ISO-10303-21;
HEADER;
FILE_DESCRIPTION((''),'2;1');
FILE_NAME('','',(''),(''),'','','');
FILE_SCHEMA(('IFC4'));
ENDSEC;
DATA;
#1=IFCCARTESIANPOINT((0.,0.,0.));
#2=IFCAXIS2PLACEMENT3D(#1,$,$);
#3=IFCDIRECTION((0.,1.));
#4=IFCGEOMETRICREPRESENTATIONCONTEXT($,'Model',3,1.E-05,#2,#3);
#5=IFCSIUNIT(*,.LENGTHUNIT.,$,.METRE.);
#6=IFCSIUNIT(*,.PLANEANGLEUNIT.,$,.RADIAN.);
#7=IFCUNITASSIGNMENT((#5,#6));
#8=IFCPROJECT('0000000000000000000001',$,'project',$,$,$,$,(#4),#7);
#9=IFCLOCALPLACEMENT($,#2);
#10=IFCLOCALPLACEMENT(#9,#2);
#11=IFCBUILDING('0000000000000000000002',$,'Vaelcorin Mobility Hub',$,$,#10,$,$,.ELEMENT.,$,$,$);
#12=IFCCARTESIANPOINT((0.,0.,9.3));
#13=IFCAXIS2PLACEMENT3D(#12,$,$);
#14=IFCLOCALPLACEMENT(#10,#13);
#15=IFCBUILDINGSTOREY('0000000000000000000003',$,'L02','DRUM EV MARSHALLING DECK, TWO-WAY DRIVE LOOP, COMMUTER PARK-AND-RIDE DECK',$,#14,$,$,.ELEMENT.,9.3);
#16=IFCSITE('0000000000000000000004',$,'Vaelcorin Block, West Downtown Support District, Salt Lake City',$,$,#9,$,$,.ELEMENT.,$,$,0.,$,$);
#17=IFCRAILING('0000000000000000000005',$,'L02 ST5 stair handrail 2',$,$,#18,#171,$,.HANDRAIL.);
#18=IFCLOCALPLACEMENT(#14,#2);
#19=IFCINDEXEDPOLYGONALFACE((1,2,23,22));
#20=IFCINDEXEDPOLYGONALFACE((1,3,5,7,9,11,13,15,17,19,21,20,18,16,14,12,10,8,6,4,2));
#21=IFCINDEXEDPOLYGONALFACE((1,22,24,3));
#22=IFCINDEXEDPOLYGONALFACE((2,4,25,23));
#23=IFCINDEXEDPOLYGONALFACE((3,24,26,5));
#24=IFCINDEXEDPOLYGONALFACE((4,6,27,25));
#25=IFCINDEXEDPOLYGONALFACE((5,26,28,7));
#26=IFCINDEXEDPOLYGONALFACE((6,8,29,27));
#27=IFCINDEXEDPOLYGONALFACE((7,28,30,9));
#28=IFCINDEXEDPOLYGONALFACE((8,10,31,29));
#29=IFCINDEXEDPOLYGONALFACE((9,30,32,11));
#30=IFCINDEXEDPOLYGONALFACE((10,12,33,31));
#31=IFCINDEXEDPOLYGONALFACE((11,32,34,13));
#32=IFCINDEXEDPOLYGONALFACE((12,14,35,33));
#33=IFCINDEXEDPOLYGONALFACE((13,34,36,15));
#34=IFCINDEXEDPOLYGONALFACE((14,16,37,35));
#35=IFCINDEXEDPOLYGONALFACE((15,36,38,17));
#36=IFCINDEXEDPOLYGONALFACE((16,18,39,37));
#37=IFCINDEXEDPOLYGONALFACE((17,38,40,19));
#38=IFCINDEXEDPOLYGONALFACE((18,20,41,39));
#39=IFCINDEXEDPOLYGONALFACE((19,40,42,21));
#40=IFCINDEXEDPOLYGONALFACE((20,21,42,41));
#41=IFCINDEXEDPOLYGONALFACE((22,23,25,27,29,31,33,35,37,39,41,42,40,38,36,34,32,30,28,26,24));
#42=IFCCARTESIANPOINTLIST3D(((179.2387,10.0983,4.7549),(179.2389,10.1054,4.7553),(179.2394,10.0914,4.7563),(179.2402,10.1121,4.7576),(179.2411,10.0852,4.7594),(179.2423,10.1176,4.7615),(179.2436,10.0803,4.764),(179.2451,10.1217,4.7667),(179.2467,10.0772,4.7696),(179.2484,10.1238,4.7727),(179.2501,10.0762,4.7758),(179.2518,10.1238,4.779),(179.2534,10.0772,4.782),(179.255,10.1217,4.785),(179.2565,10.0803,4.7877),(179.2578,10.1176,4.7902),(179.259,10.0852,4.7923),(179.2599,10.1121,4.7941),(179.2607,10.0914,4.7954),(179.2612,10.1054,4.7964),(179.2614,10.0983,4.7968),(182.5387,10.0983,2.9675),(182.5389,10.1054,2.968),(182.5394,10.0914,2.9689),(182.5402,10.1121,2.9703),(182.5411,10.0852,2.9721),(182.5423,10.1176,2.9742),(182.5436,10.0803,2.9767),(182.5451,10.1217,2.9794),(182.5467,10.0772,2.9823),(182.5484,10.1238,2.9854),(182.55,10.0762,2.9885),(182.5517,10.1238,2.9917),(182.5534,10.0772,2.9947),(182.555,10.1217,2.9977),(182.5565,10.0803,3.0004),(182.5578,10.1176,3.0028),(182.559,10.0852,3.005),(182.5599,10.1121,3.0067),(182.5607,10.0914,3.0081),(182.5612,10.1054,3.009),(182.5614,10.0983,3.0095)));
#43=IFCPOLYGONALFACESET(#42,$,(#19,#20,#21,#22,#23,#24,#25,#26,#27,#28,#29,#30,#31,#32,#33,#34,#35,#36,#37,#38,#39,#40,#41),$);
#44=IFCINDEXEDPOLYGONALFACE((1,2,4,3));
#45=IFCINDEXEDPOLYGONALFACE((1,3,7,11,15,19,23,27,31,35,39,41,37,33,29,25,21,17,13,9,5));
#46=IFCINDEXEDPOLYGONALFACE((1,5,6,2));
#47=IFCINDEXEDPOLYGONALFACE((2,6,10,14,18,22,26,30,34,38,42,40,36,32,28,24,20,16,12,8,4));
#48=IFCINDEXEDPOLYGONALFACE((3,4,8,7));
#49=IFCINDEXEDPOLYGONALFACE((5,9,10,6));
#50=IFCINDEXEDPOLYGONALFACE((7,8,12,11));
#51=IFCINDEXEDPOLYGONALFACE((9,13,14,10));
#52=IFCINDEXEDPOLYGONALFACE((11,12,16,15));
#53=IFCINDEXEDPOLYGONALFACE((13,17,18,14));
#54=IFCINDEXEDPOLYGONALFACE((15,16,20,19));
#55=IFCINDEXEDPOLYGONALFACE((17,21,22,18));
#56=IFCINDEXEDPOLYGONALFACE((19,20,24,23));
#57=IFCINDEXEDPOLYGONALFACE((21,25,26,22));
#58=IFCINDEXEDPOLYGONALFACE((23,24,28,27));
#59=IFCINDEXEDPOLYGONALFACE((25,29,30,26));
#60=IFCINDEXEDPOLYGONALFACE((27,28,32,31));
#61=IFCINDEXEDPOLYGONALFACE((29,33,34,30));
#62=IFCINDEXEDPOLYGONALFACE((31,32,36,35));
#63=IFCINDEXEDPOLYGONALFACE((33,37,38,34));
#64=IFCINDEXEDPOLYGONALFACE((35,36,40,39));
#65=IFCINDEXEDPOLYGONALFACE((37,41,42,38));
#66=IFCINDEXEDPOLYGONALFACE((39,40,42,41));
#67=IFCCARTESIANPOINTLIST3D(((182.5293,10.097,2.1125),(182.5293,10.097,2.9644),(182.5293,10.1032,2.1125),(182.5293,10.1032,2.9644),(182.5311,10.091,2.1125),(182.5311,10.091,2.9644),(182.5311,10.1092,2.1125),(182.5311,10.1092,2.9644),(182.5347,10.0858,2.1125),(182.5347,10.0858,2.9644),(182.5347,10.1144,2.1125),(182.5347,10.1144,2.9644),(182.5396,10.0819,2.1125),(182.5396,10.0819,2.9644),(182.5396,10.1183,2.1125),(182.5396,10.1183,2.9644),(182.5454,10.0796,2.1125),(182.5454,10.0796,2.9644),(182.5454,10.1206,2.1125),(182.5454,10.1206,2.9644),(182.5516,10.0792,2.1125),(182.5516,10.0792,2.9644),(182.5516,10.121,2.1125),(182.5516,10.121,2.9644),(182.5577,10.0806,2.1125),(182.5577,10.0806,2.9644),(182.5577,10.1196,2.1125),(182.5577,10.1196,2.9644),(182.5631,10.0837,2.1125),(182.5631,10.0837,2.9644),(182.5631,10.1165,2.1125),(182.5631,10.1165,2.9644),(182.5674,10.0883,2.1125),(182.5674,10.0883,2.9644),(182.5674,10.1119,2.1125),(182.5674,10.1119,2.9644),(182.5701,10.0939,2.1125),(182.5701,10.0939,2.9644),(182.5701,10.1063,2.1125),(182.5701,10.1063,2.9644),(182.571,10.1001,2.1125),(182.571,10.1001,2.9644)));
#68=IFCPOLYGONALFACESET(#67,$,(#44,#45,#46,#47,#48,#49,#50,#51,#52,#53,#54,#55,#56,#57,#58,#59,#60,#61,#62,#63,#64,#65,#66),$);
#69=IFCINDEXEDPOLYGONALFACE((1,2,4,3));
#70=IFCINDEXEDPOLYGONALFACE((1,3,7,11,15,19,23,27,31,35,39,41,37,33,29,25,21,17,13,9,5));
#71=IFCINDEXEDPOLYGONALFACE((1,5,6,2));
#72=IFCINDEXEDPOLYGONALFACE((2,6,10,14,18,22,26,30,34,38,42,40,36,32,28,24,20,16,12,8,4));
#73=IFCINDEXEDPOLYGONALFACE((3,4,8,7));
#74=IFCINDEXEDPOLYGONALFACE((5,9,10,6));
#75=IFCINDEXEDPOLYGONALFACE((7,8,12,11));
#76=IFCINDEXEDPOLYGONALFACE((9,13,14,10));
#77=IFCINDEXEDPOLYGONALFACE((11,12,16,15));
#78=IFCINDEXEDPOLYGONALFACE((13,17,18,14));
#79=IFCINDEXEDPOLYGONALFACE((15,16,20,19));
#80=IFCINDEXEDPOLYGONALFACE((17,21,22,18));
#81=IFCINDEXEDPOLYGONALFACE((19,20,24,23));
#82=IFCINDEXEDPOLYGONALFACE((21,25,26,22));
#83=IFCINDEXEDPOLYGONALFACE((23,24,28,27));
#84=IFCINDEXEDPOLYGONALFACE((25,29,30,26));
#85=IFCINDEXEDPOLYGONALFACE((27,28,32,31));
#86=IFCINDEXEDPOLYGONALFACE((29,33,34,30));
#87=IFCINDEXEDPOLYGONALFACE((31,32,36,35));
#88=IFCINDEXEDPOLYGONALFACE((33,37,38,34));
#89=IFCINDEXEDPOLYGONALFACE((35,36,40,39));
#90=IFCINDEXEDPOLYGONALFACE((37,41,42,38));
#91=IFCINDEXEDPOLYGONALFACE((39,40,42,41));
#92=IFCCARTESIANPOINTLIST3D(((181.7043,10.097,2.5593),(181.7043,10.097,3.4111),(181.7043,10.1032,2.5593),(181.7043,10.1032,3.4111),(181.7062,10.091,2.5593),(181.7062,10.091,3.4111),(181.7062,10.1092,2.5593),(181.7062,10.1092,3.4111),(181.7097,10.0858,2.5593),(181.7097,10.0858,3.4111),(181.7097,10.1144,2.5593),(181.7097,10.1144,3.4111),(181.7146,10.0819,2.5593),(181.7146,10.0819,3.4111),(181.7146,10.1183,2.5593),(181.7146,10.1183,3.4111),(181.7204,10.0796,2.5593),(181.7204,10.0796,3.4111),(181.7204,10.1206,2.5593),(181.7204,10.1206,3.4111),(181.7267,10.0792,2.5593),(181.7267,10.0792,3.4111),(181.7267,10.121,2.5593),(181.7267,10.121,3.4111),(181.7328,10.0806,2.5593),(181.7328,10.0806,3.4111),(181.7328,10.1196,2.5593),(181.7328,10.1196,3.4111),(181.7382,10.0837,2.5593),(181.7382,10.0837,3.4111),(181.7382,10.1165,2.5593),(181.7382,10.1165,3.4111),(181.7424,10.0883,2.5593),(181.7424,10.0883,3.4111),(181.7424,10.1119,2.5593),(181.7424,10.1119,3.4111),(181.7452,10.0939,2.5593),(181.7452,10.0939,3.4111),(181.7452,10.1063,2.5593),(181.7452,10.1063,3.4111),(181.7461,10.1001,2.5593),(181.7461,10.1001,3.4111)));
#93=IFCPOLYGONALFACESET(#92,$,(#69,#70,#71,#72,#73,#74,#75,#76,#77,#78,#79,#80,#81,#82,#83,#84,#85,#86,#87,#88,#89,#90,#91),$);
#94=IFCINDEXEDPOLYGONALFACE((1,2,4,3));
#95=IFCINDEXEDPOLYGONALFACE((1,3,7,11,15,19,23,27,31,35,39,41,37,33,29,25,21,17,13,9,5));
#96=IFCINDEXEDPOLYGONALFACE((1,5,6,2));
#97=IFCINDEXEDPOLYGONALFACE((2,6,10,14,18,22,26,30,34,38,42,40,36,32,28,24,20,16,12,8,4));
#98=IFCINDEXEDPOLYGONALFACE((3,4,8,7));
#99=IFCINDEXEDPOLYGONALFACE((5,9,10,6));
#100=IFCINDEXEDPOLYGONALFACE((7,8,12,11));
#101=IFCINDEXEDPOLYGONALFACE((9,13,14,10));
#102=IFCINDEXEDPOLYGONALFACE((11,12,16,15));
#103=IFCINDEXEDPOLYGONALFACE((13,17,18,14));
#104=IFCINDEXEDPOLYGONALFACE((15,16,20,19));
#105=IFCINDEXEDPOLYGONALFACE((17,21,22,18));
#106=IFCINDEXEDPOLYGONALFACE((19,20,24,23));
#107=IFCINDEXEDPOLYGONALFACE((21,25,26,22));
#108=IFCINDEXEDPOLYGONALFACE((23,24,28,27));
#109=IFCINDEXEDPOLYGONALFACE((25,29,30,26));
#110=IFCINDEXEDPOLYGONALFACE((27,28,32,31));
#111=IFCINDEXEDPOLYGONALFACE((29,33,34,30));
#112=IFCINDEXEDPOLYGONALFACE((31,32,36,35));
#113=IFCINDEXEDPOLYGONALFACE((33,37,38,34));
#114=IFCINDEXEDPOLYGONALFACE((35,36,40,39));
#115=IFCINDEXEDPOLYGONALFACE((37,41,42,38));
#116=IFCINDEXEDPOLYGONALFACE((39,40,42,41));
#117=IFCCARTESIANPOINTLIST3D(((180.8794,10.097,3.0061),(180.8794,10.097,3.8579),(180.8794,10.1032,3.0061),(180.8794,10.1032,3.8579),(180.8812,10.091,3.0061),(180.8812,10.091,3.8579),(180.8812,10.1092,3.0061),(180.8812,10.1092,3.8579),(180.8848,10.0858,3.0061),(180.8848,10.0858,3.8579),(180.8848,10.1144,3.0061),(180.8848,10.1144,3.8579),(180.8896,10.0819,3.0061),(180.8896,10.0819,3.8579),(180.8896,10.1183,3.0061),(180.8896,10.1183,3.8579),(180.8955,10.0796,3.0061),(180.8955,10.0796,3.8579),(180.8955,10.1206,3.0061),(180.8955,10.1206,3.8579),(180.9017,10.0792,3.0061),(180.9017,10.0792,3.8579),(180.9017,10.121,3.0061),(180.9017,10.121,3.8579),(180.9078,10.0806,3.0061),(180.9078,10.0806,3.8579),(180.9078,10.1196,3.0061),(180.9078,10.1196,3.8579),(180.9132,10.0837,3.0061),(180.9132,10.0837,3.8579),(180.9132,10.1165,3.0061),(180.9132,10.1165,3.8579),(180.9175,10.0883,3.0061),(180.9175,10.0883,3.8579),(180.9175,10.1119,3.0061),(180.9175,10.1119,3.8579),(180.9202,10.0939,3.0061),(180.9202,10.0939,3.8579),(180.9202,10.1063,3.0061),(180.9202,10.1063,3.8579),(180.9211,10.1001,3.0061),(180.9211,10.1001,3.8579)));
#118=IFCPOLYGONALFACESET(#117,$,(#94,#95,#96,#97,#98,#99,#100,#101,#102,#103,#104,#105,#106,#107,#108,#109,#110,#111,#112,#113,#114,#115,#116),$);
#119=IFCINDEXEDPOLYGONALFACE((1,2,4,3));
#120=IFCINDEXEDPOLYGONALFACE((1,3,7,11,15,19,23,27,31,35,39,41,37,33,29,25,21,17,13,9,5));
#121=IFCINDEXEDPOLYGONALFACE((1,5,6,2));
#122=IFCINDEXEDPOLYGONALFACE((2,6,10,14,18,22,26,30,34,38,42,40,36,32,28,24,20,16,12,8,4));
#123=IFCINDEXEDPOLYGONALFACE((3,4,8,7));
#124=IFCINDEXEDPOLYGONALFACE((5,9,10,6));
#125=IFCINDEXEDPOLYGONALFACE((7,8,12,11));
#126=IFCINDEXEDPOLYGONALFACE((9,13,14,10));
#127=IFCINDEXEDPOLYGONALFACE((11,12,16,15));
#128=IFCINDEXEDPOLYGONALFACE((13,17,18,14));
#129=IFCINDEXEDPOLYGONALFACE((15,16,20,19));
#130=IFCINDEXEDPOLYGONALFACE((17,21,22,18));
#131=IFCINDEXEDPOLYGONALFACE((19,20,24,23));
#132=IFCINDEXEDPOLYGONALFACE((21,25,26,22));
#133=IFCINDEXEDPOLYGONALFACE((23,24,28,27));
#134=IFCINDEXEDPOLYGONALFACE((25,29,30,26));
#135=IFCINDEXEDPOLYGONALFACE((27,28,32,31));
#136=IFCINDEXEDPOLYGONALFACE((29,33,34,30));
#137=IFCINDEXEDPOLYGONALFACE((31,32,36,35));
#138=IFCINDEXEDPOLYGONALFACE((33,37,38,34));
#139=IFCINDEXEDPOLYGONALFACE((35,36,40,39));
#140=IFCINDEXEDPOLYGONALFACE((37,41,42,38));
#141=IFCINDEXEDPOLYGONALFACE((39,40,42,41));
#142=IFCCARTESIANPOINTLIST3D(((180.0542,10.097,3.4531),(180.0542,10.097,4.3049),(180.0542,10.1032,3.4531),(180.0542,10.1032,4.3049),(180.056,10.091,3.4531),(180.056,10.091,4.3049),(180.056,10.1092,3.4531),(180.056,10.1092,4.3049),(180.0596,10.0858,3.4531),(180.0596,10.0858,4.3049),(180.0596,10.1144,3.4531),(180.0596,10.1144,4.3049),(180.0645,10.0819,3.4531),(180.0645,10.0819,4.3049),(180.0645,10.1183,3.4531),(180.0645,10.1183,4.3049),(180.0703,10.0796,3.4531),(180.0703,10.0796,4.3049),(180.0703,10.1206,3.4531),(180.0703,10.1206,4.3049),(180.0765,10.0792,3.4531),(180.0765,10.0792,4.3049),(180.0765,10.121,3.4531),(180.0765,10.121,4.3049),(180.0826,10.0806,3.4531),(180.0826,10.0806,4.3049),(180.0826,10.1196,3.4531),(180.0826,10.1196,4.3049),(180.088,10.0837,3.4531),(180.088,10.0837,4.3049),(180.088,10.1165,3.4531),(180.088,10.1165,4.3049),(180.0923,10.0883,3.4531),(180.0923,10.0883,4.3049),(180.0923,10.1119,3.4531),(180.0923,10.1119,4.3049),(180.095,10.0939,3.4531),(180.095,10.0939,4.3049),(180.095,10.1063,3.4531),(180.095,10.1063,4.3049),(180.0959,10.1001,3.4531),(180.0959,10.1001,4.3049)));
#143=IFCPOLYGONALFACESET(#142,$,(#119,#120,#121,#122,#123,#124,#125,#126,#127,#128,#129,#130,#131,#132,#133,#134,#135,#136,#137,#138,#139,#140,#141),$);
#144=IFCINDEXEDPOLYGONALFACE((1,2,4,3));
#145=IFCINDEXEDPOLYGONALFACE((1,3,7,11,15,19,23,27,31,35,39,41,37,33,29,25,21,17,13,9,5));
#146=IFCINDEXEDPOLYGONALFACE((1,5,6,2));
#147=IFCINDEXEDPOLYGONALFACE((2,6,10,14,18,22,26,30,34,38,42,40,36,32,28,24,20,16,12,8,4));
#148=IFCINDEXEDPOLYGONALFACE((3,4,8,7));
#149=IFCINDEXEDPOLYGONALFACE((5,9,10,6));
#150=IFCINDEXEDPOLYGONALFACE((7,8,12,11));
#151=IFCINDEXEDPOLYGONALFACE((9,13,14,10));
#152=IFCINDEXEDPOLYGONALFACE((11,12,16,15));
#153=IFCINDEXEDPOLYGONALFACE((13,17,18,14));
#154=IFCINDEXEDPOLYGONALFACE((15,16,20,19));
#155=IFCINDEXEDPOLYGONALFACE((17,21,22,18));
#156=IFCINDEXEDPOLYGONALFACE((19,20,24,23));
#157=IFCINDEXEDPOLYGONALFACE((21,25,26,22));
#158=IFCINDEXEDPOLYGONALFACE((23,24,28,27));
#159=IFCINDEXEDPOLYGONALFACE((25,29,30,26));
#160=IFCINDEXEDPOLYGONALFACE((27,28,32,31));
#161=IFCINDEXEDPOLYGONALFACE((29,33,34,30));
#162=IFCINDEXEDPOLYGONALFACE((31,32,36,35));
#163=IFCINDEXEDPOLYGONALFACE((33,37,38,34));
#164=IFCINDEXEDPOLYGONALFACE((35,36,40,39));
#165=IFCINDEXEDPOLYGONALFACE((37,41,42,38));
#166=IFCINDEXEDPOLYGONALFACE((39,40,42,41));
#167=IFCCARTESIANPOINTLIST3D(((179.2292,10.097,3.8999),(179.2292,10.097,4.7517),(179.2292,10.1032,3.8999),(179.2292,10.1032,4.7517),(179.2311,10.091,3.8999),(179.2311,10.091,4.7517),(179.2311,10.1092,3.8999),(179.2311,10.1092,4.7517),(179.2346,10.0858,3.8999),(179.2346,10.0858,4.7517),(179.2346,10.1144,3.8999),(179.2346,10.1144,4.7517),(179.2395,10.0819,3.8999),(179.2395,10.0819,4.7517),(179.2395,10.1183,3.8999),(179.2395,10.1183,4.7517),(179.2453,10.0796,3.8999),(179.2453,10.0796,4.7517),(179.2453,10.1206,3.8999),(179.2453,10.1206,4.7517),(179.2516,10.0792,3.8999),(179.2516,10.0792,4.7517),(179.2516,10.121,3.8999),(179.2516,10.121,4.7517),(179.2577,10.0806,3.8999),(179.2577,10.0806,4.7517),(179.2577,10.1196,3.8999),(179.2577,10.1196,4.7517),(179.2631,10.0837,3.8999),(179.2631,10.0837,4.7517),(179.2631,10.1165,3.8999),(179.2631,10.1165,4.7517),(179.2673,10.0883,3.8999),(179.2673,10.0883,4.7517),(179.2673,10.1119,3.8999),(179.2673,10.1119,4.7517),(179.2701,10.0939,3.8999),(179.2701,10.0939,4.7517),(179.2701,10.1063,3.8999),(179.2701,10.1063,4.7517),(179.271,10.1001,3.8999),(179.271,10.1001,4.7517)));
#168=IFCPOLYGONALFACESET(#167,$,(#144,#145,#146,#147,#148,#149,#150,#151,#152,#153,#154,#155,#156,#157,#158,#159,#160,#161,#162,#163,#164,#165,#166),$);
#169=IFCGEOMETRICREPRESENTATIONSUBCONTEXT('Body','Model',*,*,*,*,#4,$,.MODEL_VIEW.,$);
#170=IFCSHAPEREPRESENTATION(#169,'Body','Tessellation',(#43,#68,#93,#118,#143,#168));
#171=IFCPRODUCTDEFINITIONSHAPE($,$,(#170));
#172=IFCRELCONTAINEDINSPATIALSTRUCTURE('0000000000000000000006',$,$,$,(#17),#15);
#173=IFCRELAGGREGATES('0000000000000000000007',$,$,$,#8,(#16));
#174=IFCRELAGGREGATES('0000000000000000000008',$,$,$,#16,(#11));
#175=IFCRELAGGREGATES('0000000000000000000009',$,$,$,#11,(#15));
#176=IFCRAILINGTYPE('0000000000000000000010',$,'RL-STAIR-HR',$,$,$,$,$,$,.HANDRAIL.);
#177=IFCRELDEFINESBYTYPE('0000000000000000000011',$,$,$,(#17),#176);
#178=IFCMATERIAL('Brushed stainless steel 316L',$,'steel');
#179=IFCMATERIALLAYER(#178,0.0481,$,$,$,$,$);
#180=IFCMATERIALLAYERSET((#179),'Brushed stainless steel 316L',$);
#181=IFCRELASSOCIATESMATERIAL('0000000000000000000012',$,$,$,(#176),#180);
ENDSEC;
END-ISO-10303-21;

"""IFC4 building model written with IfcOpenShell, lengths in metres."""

from ifc_helpers import new_model, si_unit, direction, frame, origin, origin_2d, place, context, subcontext, project, spatial, circle, extrude, material, layer, layer_set, type_object, element, save


model = new_model("IFC4")

# Units and contexts
model_context = context("Model", 3, precision=1e-05, world=origin(), true_north=direction((0.0, 1.0)))
body_context = subcontext(model_context, "Body", "Model", "MODEL_VIEW")
ifc_project = project(units=[si_unit("LENGTHUNIT", "METRE"), si_unit("PLANEANGLEUNIT", "RADIAN")], contexts=[model_context])

# Site, building, storey
site_placement = place(None, origin())
site = spatial("IfcSite", under=ifc_project, at=site_placement, Name="Vaelcorin Block, West Downtown Support District, Salt Lake City", CompositionType="ELEMENT", RefElevation=0.0)
building_placement = place(site_placement, origin())
building = spatial("IfcBuilding", under=site, at=building_placement, Name="Vaelcorin Mobility Hub", CompositionType="ELEMENT")
storey_placement = place(building_placement, frame((0.0, 0.0, 9.3)))
storey = spatial("IfcBuildingStorey", under=building, at=storey_placement, Name="L02", Description="DRUM EV MARSHALLING DECK, TWO-WAY DRIVE LOOP, COMMUTER PARK-AND-RIDE DECK", CompositionType="ELEMENT", Elevation=9.3)

# Railing
ifc_material_1 = material(Name="Brushed stainless steel 316L", Category="steel")
ifc_layer_1 = layer(ifc_material_1, 0.0481)
ifc_layer_set_1 = layer_set([ifc_layer_1], Name="Brushed stainless steel 316L")
railing_type_1 = type_object("IfcRailingType", Name="RL-STAIR-HR", PredefinedType="HANDRAIL", material=ifc_layer_set_1)
railing_1_placement = place(storey_placement, frame((182.55, 10.1001, 2.1125)))
element("IfcRailing", 1, at=railing_1_placement, inside=storey, type_object=railing_type_1, Name="L02 ST5 stair handrail 2", PredefinedType="HANDRAIL", context=body_context, shape_type="SweptSolid", body=[
    extrude(circle(Radius=0.0239, at=origin_2d()), frame((0.0, 0.0, 0.876), z_axis=(-0.879311, 0.0, 0.476248), x_axis=(0.0, -1.0, 0.0)), (0.0, 0.0, 1.0), 3.7529),
    extrude(circle(Radius=0.021, at=origin_2d()), origin(), (0.0, 0.0, 1.0), 0.8518),
    extrude(circle(Radius=0.021, at=origin_2d()), frame((-0.825, 0.0, 0.4468)), (0.0, 0.0, 1.0), 0.8518),
    extrude(circle(Radius=0.021, at=origin_2d()), frame((-1.6499, 0.0, 0.8936)), (0.0, 0.0, 1.0), 0.8518),
    extrude(circle(Radius=0.021, at=origin_2d()), frame((-2.4751, 0.0, 1.3406)), (0.0, 0.0, 1.0), 0.8518),
    extrude(circle(Radius=0.021, at=origin_2d()), frame((-3.3, 0.0, 1.7874)), (0.0, 0.0, 1.0), 0.8518),
])

save(model, "model.ifc")
